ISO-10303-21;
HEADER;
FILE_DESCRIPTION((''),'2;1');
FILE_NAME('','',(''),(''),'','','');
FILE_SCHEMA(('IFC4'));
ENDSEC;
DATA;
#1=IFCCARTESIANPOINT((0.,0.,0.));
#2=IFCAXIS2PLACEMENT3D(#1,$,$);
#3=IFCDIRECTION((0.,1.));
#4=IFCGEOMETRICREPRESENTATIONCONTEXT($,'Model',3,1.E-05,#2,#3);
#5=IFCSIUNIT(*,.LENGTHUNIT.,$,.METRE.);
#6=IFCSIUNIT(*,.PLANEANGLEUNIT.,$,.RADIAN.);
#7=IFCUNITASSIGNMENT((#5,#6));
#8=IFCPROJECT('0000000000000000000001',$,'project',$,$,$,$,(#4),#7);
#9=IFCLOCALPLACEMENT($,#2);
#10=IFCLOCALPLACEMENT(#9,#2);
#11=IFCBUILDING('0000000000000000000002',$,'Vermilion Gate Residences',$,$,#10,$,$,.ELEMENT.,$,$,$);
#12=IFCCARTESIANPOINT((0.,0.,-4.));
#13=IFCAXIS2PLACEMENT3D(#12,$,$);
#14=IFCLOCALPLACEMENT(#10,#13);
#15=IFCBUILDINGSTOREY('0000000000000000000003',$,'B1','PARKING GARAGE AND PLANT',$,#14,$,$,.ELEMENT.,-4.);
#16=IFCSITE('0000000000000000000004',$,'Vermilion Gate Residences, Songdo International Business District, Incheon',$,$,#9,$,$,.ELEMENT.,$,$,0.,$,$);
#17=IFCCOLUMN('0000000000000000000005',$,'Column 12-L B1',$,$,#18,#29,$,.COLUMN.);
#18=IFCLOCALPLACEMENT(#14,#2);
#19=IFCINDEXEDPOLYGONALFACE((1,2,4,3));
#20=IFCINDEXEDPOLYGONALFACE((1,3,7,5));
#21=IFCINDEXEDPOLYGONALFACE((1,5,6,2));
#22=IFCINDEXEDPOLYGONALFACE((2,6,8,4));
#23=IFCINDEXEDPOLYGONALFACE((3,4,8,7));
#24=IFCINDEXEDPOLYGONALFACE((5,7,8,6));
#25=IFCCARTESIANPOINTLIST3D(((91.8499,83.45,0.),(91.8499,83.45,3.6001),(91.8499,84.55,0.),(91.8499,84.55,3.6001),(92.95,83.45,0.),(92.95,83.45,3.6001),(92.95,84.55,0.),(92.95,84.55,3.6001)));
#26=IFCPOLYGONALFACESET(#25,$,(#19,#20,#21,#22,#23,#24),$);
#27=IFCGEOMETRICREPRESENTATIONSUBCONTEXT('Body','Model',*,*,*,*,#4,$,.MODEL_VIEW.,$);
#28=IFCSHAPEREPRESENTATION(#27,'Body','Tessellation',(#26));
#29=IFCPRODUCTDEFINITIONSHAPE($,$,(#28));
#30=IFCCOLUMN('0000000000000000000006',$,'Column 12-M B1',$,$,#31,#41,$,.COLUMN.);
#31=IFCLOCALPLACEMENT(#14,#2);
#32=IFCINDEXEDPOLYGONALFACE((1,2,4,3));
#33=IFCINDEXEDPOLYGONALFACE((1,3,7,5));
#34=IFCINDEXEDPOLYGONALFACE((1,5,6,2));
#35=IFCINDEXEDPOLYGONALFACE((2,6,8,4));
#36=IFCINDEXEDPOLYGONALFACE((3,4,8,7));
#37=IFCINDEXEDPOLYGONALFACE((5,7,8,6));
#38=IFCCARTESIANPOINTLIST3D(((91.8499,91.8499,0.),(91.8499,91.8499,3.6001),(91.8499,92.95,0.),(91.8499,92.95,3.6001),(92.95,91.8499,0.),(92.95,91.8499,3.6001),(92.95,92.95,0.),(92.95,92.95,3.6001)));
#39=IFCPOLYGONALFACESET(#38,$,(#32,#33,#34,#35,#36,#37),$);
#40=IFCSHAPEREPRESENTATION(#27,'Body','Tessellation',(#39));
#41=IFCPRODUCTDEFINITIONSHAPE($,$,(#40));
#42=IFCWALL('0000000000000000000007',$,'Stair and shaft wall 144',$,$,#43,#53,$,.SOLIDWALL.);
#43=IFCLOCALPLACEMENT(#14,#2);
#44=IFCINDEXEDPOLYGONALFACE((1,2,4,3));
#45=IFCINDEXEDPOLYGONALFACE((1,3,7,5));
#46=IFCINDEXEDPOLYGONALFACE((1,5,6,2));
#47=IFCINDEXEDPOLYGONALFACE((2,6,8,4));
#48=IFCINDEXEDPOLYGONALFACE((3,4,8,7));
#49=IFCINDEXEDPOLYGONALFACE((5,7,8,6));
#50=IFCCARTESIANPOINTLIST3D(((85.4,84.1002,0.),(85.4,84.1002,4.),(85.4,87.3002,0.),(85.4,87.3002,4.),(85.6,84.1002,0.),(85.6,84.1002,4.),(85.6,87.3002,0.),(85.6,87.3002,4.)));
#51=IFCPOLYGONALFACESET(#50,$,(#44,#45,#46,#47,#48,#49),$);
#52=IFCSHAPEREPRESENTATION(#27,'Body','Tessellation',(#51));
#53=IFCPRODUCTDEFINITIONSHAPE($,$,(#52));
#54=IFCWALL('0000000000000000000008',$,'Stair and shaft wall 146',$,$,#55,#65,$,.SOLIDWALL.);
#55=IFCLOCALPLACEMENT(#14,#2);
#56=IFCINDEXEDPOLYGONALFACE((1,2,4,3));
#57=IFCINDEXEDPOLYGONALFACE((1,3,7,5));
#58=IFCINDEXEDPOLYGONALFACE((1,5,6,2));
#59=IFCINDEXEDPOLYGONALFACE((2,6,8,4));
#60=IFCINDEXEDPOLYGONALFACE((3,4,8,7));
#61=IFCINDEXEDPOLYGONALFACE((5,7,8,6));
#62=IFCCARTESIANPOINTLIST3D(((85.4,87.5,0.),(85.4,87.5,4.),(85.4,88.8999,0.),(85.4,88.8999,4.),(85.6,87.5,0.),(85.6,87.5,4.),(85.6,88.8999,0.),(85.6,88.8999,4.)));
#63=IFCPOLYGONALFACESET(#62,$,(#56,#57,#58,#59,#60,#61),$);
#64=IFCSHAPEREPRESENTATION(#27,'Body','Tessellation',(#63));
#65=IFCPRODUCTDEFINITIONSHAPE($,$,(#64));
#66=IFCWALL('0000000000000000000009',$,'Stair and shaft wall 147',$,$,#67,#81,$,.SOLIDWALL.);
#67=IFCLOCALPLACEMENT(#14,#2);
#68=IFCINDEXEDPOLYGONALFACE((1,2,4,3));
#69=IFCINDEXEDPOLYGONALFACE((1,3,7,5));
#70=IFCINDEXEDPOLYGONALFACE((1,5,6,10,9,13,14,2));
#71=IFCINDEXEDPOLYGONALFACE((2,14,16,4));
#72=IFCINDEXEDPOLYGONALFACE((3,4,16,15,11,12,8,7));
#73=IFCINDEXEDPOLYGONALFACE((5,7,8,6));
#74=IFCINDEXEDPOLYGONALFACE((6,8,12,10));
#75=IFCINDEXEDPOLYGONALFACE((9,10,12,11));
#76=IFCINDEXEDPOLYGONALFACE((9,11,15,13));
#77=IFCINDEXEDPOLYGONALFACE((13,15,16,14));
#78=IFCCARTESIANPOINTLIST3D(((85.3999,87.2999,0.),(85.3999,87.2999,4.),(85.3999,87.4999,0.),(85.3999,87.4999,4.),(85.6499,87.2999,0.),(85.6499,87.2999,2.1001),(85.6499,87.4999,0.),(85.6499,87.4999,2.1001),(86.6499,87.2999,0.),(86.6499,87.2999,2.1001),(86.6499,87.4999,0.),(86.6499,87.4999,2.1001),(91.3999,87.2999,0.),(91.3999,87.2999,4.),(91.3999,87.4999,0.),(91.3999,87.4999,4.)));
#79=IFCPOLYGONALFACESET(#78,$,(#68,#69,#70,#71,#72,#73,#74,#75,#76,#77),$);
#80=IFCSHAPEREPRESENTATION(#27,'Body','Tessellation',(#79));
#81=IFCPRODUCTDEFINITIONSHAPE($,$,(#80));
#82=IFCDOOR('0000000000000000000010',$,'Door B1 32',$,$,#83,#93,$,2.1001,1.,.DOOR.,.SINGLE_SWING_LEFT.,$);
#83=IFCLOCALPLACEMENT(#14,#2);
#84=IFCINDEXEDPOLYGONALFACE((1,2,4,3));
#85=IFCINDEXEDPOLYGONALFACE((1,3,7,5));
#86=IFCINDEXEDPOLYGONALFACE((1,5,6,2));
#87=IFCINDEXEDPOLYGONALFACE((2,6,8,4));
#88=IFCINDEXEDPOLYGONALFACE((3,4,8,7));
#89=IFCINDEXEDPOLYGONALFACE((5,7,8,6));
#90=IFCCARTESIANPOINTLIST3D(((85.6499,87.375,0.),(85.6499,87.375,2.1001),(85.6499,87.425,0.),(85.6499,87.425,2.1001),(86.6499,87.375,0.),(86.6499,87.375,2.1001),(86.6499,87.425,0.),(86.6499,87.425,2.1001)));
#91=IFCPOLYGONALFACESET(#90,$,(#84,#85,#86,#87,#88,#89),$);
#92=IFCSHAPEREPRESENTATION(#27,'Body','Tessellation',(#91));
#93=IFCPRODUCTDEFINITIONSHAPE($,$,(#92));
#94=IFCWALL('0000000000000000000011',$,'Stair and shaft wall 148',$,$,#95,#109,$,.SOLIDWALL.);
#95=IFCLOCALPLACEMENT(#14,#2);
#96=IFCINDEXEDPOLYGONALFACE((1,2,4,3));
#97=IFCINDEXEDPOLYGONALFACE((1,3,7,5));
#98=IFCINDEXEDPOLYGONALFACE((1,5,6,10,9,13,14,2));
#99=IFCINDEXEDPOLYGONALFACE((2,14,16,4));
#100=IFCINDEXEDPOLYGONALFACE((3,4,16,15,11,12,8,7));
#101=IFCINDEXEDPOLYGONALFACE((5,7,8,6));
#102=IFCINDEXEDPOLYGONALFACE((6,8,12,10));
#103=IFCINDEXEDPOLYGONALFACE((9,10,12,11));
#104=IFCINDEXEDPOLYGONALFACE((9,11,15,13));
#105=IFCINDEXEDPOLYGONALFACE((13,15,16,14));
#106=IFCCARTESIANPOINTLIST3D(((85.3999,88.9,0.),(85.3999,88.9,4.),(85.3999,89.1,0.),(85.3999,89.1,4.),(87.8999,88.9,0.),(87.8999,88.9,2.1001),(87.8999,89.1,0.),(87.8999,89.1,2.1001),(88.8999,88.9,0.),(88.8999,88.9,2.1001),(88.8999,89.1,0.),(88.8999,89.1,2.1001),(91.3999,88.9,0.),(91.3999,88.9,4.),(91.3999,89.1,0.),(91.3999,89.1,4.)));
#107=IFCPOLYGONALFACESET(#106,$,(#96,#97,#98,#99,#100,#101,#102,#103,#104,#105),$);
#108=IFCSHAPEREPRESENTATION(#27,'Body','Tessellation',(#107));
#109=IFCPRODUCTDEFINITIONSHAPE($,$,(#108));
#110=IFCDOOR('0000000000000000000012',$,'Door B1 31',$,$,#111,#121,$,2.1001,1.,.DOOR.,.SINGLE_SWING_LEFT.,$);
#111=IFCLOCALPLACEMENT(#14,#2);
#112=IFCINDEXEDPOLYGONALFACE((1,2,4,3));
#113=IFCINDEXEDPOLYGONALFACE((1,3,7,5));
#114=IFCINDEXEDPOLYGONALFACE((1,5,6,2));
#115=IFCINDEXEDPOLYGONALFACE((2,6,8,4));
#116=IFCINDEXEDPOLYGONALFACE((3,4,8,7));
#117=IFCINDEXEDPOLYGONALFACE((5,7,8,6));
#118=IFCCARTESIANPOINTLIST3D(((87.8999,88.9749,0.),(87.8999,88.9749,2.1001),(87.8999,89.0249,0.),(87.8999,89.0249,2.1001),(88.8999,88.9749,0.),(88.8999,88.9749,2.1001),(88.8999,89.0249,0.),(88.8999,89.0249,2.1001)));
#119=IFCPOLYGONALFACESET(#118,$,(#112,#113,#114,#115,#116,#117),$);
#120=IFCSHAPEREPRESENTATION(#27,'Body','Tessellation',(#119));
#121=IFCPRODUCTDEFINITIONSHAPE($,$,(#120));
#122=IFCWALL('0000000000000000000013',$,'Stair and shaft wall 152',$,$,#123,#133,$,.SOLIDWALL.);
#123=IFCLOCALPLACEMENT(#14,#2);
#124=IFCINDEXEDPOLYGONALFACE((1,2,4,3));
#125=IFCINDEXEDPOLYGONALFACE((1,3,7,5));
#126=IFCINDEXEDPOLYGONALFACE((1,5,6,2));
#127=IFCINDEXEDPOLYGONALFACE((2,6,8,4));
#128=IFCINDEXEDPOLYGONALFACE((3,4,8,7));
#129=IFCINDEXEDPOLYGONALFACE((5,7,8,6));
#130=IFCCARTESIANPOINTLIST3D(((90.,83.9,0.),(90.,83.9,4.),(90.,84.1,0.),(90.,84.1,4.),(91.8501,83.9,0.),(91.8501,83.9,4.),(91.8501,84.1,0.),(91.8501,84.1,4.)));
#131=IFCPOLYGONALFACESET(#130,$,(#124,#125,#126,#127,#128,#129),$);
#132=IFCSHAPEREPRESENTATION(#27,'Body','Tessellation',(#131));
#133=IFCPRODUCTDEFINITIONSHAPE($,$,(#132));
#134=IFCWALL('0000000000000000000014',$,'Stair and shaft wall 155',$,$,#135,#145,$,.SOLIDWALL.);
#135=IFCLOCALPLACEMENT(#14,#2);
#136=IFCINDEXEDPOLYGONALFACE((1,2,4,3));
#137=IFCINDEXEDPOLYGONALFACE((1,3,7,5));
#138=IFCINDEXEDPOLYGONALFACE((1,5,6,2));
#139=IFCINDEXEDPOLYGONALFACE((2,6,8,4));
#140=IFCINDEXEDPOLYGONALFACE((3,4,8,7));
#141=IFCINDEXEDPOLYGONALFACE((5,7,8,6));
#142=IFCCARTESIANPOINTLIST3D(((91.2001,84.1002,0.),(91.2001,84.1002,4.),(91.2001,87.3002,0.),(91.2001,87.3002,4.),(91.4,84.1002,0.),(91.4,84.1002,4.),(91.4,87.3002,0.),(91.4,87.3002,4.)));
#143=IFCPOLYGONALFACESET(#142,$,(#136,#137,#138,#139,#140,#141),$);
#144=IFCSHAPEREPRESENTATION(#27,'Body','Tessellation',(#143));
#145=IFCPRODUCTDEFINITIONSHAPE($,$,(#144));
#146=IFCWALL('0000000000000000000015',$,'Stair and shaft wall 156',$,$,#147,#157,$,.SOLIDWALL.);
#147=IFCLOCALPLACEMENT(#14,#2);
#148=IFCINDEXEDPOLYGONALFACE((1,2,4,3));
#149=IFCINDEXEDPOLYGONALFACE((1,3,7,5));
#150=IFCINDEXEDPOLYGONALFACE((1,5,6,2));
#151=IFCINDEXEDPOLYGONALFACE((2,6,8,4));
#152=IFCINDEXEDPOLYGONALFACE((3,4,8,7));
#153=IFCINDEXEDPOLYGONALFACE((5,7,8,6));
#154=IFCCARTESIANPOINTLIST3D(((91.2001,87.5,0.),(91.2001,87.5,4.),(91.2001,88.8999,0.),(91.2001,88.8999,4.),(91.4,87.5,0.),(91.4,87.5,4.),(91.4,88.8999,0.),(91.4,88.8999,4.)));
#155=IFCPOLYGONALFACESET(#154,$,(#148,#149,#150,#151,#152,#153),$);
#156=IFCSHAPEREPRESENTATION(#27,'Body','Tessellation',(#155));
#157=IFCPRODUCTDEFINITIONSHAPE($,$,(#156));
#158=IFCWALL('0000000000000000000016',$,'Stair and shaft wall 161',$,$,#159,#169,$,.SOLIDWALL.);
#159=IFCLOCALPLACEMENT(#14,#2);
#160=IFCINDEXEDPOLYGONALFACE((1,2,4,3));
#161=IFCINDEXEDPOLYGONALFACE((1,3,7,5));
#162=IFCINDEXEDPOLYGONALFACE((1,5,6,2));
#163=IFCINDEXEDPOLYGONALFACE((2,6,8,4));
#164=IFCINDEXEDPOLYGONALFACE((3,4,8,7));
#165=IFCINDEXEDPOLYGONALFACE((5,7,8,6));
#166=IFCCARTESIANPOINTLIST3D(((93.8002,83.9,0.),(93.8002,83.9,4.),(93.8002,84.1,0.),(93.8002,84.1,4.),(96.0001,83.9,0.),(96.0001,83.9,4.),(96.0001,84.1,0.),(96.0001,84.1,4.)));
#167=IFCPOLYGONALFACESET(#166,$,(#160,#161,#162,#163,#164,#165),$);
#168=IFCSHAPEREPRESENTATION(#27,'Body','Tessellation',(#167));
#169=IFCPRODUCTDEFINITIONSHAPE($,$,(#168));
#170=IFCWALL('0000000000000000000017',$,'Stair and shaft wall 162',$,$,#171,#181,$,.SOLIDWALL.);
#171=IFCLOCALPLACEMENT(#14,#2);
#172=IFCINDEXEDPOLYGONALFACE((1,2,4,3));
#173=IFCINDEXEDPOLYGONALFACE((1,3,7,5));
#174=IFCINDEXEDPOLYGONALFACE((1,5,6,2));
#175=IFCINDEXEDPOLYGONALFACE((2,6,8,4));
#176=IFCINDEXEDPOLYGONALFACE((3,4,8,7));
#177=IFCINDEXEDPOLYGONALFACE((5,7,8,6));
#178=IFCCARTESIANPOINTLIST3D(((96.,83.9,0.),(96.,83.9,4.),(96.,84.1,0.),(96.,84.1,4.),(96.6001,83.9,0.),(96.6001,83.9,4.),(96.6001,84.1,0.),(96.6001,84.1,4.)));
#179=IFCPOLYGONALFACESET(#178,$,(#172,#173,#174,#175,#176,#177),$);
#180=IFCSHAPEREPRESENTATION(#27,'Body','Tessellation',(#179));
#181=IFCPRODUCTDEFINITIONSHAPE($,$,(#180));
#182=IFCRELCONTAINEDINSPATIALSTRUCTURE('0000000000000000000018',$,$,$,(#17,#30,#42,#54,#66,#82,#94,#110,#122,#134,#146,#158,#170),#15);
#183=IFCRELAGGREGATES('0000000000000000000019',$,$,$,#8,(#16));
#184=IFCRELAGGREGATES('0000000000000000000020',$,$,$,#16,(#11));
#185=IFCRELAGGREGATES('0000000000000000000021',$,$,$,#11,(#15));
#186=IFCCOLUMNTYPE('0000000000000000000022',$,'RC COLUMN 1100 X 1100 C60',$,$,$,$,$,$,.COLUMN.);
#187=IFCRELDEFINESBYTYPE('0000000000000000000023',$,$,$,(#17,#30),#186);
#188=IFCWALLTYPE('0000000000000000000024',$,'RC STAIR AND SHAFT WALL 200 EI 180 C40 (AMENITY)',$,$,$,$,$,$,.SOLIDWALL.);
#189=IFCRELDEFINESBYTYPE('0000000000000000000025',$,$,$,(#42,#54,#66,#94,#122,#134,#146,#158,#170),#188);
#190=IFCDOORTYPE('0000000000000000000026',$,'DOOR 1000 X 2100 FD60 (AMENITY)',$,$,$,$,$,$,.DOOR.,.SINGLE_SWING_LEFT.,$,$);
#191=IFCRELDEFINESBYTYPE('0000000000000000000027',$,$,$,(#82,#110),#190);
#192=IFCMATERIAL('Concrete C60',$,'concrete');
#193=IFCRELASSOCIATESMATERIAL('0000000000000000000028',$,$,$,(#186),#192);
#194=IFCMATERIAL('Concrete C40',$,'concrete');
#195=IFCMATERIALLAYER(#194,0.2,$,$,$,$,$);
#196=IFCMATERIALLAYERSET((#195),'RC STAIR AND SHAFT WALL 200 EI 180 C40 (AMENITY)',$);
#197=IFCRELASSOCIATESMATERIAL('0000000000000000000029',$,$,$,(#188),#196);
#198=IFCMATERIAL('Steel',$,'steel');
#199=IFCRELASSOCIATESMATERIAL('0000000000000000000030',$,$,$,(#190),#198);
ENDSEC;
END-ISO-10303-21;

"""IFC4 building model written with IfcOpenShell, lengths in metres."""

from ifc_helpers import new_model, si_unit, direction, frame, frame_2d, origin, origin_2d, place, context, subcontext, project, spatial, rectangle, extrude, material, layer, layer_set, material_profile, profile_set, type_object, element, fill, save


model = new_model("IFC4")

# Units and contexts
model_context = context("Model", 3, precision=1e-05, world=origin(), true_north=direction((0.0, 1.0)))
body_context = subcontext(model_context, "Body", "Model", "MODEL_VIEW")
ifc_project = project(units=[si_unit("LENGTHUNIT", "METRE"), si_unit("PLANEANGLEUNIT", "RADIAN")], contexts=[model_context])

# Site, building, storey
site_placement = place(None, origin())
site = spatial("IfcSite", under=ifc_project, at=site_placement, Name="Vermilion Gate Residences, Songdo International Business District, Incheon", CompositionType="ELEMENT", RefElevation=0.0)
building_placement = place(site_placement, origin())
building = spatial("IfcBuilding", under=site, at=building_placement, Name="Vermilion Gate Residences", CompositionType="ELEMENT")
storey_placement = place(building_placement, frame((0.0, 0.0, -4.0)))
storey = spatial("IfcBuildingStorey", under=building, at=storey_placement, Name="B1", Description="PARKING GARAGE AND PLANT", CompositionType="ELEMENT", Elevation=-4.0)

# Columns
ifc_material_1 = material(Name="Concrete C60", Category="concrete")
ifc_material_profile = material_profile(ifc_material_1, rectangle(XDim=1.1001, YDim=1.1001, at=origin_2d()), Name="RC-1100x1100")
ifc_profile_set = profile_set([ifc_material_profile], Name="Concrete C60")
column_type = type_object("IfcColumnType", Name="RC COLUMN 1100 X 1100 C60", PredefinedType="COLUMN", material=ifc_profile_set)
for number, where, z_axis, x_axis, name in (
    (1, (92.3999, 84.0, 0.0), (0.0, 0.0, 1.0), (1.0, 0.0, 0.0), "Column 12-L B1"),
    (2, (92.3999, 92.3999, 0.0), (0.0, 0.0, 1.0), (1.0, 0.0, 0.0), "Column 12-M B1"),
):
    element("IfcColumn", number, at=place(storey_placement, frame(where, z_axis=z_axis, x_axis=x_axis)), inside=storey, type_object=column_type, Name=name, PredefinedType="COLUMN", context=body_context, shape_type="SweptSolid", body=[
        extrude(rectangle(XDim=1.1001, YDim=1.1001, at=origin_2d()), origin(), (0.0, 0.0, 1.0), 3.6001),
    ])

# Walls
ifc_material_2 = material(Name="Concrete C40", Category="concrete")
ifc_layer = layer(ifc_material_2, 0.2)
ifc_layer_set = layer_set([ifc_layer], Name="RC STAIR AND SHAFT WALL 200 EI 180 C40 (AMENITY)")
wall_type = type_object("IfcWallType", Name="RC STAIR AND SHAFT WALL 200 EI 180 C40 (AMENITY)", PredefinedType="SOLIDWALL", material=ifc_layer_set)
wall_1_placement = place(storey_placement, frame((85.5, 84.1001, 0.0), z_axis=(0.0, 0.0, 1.0), x_axis=(0.0, 1.0, 0.0)))
element("IfcWall", 3, at=wall_1_placement, inside=storey, type_object=wall_type, Name="Stair and shaft wall 144", PredefinedType="SOLIDWALL", context=body_context, shape_type="SweptSolid", body=[
    extrude(rectangle(XDim=3.2, YDim=0.2, at=frame_2d((1.6001, 0.0))), origin(), (0.0, 0.0, 1.0), 4.0),
])
wall_2_placement = place(storey_placement, frame((85.5, 87.5, 0.0), z_axis=(0.0, 0.0, 1.0), x_axis=(0.0, 1.0, 0.0)))
element("IfcWall", 4, at=wall_2_placement, inside=storey, type_object=wall_type, Name="Stair and shaft wall 146", PredefinedType="SOLIDWALL", context=body_context, shape_type="SweptSolid", body=[
    extrude(rectangle(XDim=1.3999, YDim=0.2, at=frame_2d((0.7, 0.0))), origin(), (0.0, 0.0, 1.0), 4.0),
])

# Walls, openings, doors
wall_3_placement = place(storey_placement, frame((85.3999, 87.3999, 0.0), z_axis=(0.0, 0.0, 1.0), x_axis=(1.0, 0.0, 0.0)))
wall_3 = element("IfcWall", 5, at=wall_3_placement, inside=storey, type_object=wall_type, Name="Stair and shaft wall 147", PredefinedType="SOLIDWALL", context=body_context, shape_type="SweptSolid", body=[
    extrude(rectangle(XDim=6.0, YDim=0.2, at=frame_2d((3.0, 0.0))), origin(), (0.0, 0.0, 1.0), 4.0),
])
opening_1_placement = place(wall_3_placement, frame((0.25, 0.0, 0.0)))
opening_1 = element("IfcOpeningElement", 6, at=opening_1_placement, cuts=wall_3, PredefinedType="OPENING", context=body_context, shape_type="SweptSolid", body=[
    extrude(rectangle(XDim=1.0, YDim=2.1001, at=frame_2d((0.5, 1.05))), frame((0.0, 0.1099, 0.0), z_axis=(0.0, -1.0, 0.0), x_axis=(1.0, 0.0, 0.0)), (0.0, 0.0, 1.0), 0.22),
])
ifc_material_3 = material(Name="Steel", Category="steel")
door_type = type_object("IfcDoorType", Name="DOOR 1000 X 2100 FD60 (AMENITY)", OperationType="SINGLE_SWING_LEFT", PredefinedType="DOOR", material=ifc_material_3)
door_1_placement = place(opening_1_placement, frame((1.0, 0.0, 0.0), z_axis=(0.0, 0.0, 1.0), x_axis=(-1.0, 0.0, 0.0)))
door_1 = element("IfcDoor", 7, at=door_1_placement, inside=storey, type_object=door_type, Name="Door B1 32", OperationType="SINGLE_SWING_LEFT", OverallHeight=2.1001, OverallWidth=1.0, PredefinedType="DOOR", context=body_context, shape_type="SweptSolid", body=[
    extrude(rectangle(XDim=1.0, YDim=2.1001, at=frame_2d((0.5, 1.05))), frame((0.0, 0.0249, 0.0), z_axis=(0.0, -1.0, 0.0), x_axis=(1.0, 0.0, 0.0)), (0.0, 0.0, 1.0), 0.05),
])
fill(opening_1, door_1)
wall_4_placement = place(storey_placement, frame((85.3999, 89.0, 0.0), z_axis=(0.0, 0.0, 1.0), x_axis=(1.0, 0.0, 0.0)))
wall_4 = element("IfcWall", 8, at=wall_4_placement, inside=storey, type_object=wall_type, Name="Stair and shaft wall 148", PredefinedType="SOLIDWALL", context=body_context, shape_type="SweptSolid", body=[
    extrude(rectangle(XDim=6.0, YDim=0.2, at=frame_2d((3.0, 0.0))), origin(), (0.0, 0.0, 1.0), 4.0),
])
opening_2_placement = place(wall_4_placement, frame((2.5, 0.0, 0.0)))
opening_2 = element("IfcOpeningElement", 9, at=opening_2_placement, cuts=wall_4, PredefinedType="OPENING", context=body_context, shape_type="SweptSolid", body=[
    extrude(rectangle(XDim=1.0, YDim=2.1001, at=frame_2d((0.5, 1.05))), frame((0.0, 0.1099, 0.0), z_axis=(0.0, -1.0, 0.0), x_axis=(1.0, 0.0, 0.0)), (0.0, 0.0, 1.0), 0.22),
])
door_2_placement = place(opening_2_placement, origin())
door_2 = element("IfcDoor", 10, at=door_2_placement, inside=storey, type_object=door_type, Name="Door B1 31", OperationType="SINGLE_SWING_LEFT", OverallHeight=2.1001, OverallWidth=1.0, PredefinedType="DOOR", context=body_context, shape_type="SweptSolid", body=[
    extrude(rectangle(XDim=1.0, YDim=2.1001, at=frame_2d((0.5, 1.05))), frame((0.0, 0.0249, 0.0), z_axis=(0.0, -1.0, 0.0), x_axis=(1.0, 0.0, 0.0)), (0.0, 0.0, 1.0), 0.05),
])
fill(opening_2, door_2)

# Walls
wall_5_placement = place(storey_placement, frame((90.0, 84.0, 0.0), z_axis=(0.0, 0.0, 1.0), x_axis=(1.0, 0.0, 0.0)))
element("IfcWall", 11, at=wall_5_placement, inside=storey, type_object=wall_type, Name="Stair and shaft wall 152", PredefinedType="SOLIDWALL", context=body_context, shape_type="SweptSolid", body=[
    extrude(rectangle(XDim=1.8501, YDim=0.2, at=frame_2d((0.925, 0.0))), origin(), (0.0, 0.0, 1.0), 4.0),
])
wall_6_placement = place(storey_placement, frame((91.3, 84.1001, 0.0), z_axis=(0.0, 0.0, 1.0), x_axis=(0.0, 1.0, 0.0)))
element("IfcWall", 12, at=wall_6_placement, inside=storey, type_object=wall_type, Name="Stair and shaft wall 155", PredefinedType="SOLIDWALL", context=body_context, shape_type="SweptSolid", body=[
    extrude(rectangle(XDim=3.2, YDim=0.2, at=frame_2d((1.6001, 0.0))), origin(), (0.0, 0.0, 1.0), 4.0),
])
wall_7_placement = place(storey_placement, frame((91.3, 87.5, 0.0), z_axis=(0.0, 0.0, 1.0), x_axis=(0.0, 1.0, 0.0)))
element("IfcWall", 13, at=wall_7_placement, inside=storey, type_object=wall_type, Name="Stair and shaft wall 156", PredefinedType="SOLIDWALL", context=body_context, shape_type="SweptSolid", body=[
    extrude(rectangle(XDim=1.3999, YDim=0.2, at=frame_2d((0.7, 0.0))), origin(), (0.0, 0.0, 1.0), 4.0),
])
wall_8_placement = place(storey_placement, frame((93.8, 84.0, 0.0), z_axis=(0.0, 0.0, 1.0), x_axis=(1.0, 0.0, 0.0)))
element("IfcWall", 14, at=wall_8_placement, inside=storey, type_object=wall_type, Name="Stair and shaft wall 161", PredefinedType="SOLIDWALL", context=body_context, shape_type="SweptSolid", body=[
    extrude(rectangle(XDim=2.2, YDim=0.2, at=frame_2d((1.1001, 0.0))), origin(), (0.0, 0.0, 1.0), 4.0),
])
wall_9_placement = place(storey_placement, frame((96.0, 84.0, 0.0), z_axis=(0.0, 0.0, 1.0), x_axis=(1.0, 0.0, 0.0)))
element("IfcWall", 15, at=wall_9_placement, inside=storey, type_object=wall_type, Name="Stair and shaft wall 162", PredefinedType="SOLIDWALL", context=body_context, shape_type="SweptSolid", body=[
    extrude(rectangle(XDim=0.6001, YDim=0.2, at=frame_2d((0.3, 0.0))), origin(), (0.0, 0.0, 1.0), 4.0),
])

save(model, "model.ifc")
